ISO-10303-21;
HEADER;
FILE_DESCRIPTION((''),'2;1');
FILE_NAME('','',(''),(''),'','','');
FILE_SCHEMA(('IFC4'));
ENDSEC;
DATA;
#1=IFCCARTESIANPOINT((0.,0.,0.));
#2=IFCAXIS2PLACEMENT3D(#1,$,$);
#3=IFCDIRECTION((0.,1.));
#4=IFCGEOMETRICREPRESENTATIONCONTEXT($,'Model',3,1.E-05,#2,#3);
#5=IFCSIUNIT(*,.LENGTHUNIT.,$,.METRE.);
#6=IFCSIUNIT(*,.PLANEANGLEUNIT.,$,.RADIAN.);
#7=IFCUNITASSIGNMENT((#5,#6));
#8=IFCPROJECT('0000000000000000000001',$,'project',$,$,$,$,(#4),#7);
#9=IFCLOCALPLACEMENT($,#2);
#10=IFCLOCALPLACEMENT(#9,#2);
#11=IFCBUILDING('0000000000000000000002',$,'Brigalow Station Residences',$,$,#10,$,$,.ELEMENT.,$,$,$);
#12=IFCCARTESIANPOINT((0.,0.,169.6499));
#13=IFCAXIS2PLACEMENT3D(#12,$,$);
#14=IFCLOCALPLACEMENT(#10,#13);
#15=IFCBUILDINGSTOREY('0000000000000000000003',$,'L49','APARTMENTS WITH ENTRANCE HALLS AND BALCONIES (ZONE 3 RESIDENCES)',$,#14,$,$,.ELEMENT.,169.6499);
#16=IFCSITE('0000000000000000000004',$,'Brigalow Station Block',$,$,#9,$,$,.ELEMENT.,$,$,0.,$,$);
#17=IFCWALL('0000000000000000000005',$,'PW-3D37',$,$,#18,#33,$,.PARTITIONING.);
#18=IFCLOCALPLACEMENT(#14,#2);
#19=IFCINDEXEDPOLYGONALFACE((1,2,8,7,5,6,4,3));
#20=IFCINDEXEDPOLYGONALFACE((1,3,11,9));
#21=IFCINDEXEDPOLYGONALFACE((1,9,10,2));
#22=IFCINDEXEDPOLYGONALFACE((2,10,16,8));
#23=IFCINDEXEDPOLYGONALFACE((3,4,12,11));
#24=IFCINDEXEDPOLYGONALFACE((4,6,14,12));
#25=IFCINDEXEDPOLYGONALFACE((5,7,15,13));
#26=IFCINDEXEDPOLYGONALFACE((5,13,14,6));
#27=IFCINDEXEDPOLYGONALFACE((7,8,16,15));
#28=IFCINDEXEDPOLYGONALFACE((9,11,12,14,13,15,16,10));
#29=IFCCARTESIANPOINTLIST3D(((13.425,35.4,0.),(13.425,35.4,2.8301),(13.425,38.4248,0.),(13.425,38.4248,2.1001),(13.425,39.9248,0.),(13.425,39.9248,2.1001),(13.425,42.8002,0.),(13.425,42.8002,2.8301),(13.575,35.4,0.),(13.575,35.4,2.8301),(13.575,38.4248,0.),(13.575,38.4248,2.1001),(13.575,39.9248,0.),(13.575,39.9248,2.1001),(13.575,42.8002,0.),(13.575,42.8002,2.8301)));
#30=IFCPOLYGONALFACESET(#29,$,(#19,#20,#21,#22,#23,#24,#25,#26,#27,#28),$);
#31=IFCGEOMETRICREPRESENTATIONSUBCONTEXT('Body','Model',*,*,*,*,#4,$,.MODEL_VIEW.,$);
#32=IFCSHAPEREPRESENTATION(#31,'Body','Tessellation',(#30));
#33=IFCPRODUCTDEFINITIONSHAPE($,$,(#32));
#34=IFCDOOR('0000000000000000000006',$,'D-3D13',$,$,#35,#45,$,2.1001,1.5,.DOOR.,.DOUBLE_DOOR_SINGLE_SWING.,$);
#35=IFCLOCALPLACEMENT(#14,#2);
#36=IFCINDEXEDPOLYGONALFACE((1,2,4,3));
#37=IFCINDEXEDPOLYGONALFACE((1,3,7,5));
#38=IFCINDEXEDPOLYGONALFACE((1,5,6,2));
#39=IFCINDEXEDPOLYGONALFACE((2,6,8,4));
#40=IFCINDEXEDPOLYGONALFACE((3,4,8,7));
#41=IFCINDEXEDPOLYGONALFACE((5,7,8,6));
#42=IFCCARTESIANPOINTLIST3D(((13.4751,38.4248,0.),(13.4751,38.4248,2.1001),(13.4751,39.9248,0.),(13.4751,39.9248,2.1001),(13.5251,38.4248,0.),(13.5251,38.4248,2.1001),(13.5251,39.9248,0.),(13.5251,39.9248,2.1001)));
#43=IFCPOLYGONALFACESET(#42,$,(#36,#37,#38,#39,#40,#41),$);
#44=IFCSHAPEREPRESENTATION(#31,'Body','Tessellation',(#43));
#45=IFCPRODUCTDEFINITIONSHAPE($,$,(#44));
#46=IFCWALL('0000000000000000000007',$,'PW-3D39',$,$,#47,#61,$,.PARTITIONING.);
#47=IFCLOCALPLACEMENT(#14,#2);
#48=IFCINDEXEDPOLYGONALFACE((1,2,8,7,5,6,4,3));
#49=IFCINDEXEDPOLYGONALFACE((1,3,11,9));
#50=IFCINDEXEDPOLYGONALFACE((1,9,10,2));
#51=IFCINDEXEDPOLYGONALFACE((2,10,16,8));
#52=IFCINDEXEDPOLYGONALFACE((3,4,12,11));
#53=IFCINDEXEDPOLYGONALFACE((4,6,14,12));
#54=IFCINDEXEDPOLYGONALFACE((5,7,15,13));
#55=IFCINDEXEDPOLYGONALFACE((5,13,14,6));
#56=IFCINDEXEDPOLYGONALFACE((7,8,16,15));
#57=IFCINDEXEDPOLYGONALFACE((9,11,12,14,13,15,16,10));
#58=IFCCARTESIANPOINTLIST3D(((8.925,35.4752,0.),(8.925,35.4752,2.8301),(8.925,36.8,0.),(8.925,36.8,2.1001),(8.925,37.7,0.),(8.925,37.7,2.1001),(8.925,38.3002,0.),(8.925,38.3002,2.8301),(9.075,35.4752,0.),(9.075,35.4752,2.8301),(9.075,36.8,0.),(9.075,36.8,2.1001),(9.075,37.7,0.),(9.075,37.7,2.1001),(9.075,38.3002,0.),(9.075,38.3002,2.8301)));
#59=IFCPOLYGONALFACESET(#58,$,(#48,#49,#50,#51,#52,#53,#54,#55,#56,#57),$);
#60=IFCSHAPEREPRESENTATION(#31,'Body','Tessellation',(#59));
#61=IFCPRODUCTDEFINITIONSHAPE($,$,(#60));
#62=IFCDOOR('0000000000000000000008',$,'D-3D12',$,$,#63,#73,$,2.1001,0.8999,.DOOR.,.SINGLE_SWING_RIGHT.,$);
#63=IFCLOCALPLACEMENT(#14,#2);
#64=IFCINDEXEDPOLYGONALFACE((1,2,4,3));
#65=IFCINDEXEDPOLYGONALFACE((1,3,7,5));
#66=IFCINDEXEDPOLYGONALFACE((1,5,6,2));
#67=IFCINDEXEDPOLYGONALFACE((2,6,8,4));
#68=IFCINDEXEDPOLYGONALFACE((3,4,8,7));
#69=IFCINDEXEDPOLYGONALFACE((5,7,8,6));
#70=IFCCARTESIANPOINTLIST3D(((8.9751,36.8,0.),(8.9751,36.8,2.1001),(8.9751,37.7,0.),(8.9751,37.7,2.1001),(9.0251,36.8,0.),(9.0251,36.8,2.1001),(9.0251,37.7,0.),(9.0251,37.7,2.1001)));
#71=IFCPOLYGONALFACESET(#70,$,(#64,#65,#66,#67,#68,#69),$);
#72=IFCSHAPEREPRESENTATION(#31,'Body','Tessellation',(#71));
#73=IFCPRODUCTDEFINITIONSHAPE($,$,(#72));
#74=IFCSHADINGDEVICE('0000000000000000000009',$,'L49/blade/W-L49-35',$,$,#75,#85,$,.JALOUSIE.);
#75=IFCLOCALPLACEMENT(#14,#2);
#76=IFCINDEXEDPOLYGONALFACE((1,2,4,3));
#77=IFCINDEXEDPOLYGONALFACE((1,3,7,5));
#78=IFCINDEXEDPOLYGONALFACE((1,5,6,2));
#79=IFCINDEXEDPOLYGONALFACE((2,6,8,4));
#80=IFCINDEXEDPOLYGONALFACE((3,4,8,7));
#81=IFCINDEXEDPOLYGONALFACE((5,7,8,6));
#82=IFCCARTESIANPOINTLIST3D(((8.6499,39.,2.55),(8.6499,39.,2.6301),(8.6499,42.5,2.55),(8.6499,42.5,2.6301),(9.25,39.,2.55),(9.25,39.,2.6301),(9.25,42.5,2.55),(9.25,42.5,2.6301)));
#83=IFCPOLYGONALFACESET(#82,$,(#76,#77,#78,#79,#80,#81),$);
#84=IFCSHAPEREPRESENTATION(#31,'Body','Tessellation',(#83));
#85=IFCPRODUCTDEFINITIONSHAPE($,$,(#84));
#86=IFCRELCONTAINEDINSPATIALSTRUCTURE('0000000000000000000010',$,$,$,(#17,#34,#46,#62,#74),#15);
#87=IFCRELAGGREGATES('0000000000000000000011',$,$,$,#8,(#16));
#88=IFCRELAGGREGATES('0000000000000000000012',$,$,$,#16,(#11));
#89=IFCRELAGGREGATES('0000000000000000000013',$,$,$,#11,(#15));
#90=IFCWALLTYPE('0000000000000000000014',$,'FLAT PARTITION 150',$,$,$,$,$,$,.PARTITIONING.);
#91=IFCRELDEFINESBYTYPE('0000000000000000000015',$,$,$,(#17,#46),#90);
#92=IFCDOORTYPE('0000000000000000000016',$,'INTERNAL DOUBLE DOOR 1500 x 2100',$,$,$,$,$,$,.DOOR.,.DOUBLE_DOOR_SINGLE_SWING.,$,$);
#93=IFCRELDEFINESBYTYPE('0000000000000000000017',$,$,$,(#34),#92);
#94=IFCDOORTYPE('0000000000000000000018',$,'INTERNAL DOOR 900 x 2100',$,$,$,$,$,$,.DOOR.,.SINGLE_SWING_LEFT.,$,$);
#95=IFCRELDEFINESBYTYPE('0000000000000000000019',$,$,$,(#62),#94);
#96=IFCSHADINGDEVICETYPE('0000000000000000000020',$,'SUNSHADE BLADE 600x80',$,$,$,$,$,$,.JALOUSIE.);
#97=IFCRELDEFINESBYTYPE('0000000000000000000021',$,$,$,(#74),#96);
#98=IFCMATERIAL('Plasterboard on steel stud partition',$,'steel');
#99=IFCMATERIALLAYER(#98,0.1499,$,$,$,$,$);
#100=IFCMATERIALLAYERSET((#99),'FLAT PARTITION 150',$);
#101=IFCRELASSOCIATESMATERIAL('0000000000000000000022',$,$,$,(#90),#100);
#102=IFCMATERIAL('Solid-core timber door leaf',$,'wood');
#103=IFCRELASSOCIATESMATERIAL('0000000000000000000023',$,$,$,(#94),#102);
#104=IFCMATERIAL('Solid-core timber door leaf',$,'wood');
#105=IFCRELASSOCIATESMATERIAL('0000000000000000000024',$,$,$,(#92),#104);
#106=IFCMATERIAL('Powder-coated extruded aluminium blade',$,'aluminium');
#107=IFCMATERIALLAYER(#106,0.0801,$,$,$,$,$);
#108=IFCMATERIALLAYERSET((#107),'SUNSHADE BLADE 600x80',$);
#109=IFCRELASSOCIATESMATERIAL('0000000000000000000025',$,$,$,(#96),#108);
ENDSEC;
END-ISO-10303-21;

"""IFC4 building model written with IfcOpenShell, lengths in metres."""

from ifc_helpers import new_model, si_unit, direction, frame, frame_2d, origin, origin_2d, place, context, subcontext, project, spatial, rectangle, extrude, material, layer, layer_set, type_object, element, fill, save


model = new_model("IFC4")

# Units and contexts
model_context = context("Model", 3, precision=1e-05, world=origin(), true_north=direction((0.0, 1.0)))
body_context = subcontext(model_context, "Body", "Model", "MODEL_VIEW")
ifc_project = project(units=[si_unit("LENGTHUNIT", "METRE"), si_unit("PLANEANGLEUNIT", "RADIAN")], contexts=[model_context])

# Site, building, storey
site_placement = place(None, origin())
site = spatial("IfcSite", under=ifc_project, at=site_placement, Name="Brigalow Station Block", CompositionType="ELEMENT", RefElevation=0.0)
building_placement = place(site_placement, origin())
building = spatial("IfcBuilding", under=site, at=building_placement, Name="Brigalow Station Residences", CompositionType="ELEMENT")
storey_placement = place(building_placement, frame((0.0, 0.0, 169.6499)))
storey = spatial("IfcBuildingStorey", under=building, at=storey_placement, Name="L49", Description="APARTMENTS WITH ENTRANCE HALLS AND BALCONIES (ZONE 3 RESIDENCES)", CompositionType="ELEMENT", Elevation=169.6499)

# Walls, openings, doors
ifc_material_1 = material(Name="Plasterboard on steel stud partition", Category="steel")
ifc_layer_1 = layer(ifc_material_1, 0.1499)
ifc_layer_set_1 = layer_set([ifc_layer_1], Name="FLAT PARTITION 150")
wall_type_1 = type_object("IfcWallType", Name="FLAT PARTITION 150", PredefinedType="PARTITIONING", material=ifc_layer_set_1)
ifc_material_2 = material(Name="Solid-core timber door leaf", Category="wood")
door_type_1 = type_object("IfcDoorType", Name="INTERNAL DOOR 900 x 2100", OperationType="SINGLE_SWING_LEFT", PredefinedType="DOOR", material=ifc_material_2)
wall_1_placement = place(storey_placement, frame((13.5, 35.3999, 0.0), z_axis=(0.0, 0.0, 1.0), x_axis=(0.0, 1.0, 0.0)))
wall_1 = element("IfcWall", 1, at=wall_1_placement, inside=storey, type_object=wall_type_1, Name="PW-3D37", PredefinedType="PARTITIONING", context=body_context, shape_type="SweptSolid", body=[
    extrude(rectangle(XDim=7.4001, YDim=0.1499, at=frame_2d((3.7002, 0.0))), origin(), (0.0, 0.0, 1.0), 2.8301),
])
opening_1_placement = place(wall_1_placement, frame((3.0249, 0.0, 0.0)))
opening_1 = element("IfcOpeningElement", 2, at=opening_1_placement, cuts=wall_1, PredefinedType="OPENING", context=body_context, shape_type="SweptSolid", body=[
    extrude(rectangle(XDim=1.5, YDim=2.1001, at=frame_2d((0.75, 1.05))), frame((0.0, 0.085, 0.0), z_axis=(0.0, -1.0, 0.0), x_axis=(1.0, 0.0, 0.0)), (0.0, 0.0, 1.0), 0.1699),
])
ifc_material_3 = material(Name="Solid-core timber door leaf", Category="wood")
door_type_2 = type_object("IfcDoorType", Name="INTERNAL DOUBLE DOOR 1500 x 2100", OperationType="DOUBLE_DOOR_SINGLE_SWING", PredefinedType="DOOR", material=ifc_material_3)
door_1_placement = place(opening_1_placement, origin())
door_1 = element("IfcDoor", 3, at=door_1_placement, inside=storey, type_object=door_type_2, Name="D-3D13", OperationType="DOUBLE_DOOR_SINGLE_SWING", OverallHeight=2.1001, OverallWidth=1.5, PredefinedType="DOOR", context=body_context, shape_type="SweptSolid", body=[
    extrude(rectangle(XDim=1.5, YDim=2.1001, at=frame_2d((0.75, 1.05))), frame((0.0, 0.0249, 0.0), z_axis=(0.0, -1.0, 0.0), x_axis=(1.0, 0.0, 0.0)), (0.0, 0.0, 1.0), 0.05),
])
fill(opening_1, door_1)
wall_2_placement = place(storey_placement, frame((9.0, 35.4751, 0.0), z_axis=(0.0, 0.0, 1.0), x_axis=(0.0, 1.0, 0.0)))
wall_2 = element("IfcWall", 4, at=wall_2_placement, inside=storey, type_object=wall_type_1, Name="PW-3D39", PredefinedType="PARTITIONING", context=body_context, shape_type="SweptSolid", body=[
    extrude(rectangle(XDim=2.825, YDim=0.1499, at=frame_2d((1.4126, 0.0))), origin(), (0.0, 0.0, 1.0), 2.8301),
])
opening_2_placement = place(wall_2_placement, frame((1.325, 0.0, 0.0)))
opening_2 = element("IfcOpeningElement", 5, at=opening_2_placement, cuts=wall_2, PredefinedType="OPENING", context=body_context, shape_type="SweptSolid", body=[
    extrude(rectangle(XDim=0.8999, YDim=2.1001, at=frame_2d((0.45, 1.05))), frame((0.0, 0.085, 0.0), z_axis=(0.0, -1.0, 0.0), x_axis=(1.0, 0.0, 0.0)), (0.0, 0.0, 1.0), 0.1699),
])
door_2_placement = place(opening_2_placement, origin())
door_2 = element("IfcDoor", 6, at=door_2_placement, inside=storey, type_object=door_type_1, Name="D-3D12", OperationType="SINGLE_SWING_RIGHT", OverallHeight=2.1001, OverallWidth=0.8999, PredefinedType="DOOR", context=body_context, shape_type="SweptSolid", body=[
    extrude(rectangle(XDim=0.8999, YDim=2.1001, at=frame_2d((0.45, 1.05))), frame((0.0, 0.0249, 0.0), z_axis=(0.0, -1.0, 0.0), x_axis=(1.0, 0.0, 0.0)), (0.0, 0.0, 1.0), 0.05),
])
fill(opening_2, door_2)

# Shading device
ifc_material_4 = material(Name="Powder-coated extruded aluminium blade", Category="aluminium")
ifc_layer_2 = layer(ifc_material_4, 0.0801)
ifc_layer_set_2 = layer_set([ifc_layer_2], Name="SUNSHADE BLADE 600x80")
shading_device_type = type_object("IfcShadingDeviceType", Name="SUNSHADE BLADE 600x80", PredefinedType="JALOUSIE", material=ifc_layer_set_2)
shading_device_placement = place(storey_placement, frame((8.95, 40.75, 2.55), z_axis=(0.0, 0.0, 1.0), x_axis=(0.0, -1.0, 0.0)))
element("IfcShadingDevice", 7, at=shading_device_placement, inside=storey, type_object=shading_device_type, Name="L49/blade/W-L49-35", PredefinedType="JALOUSIE", context=body_context, shape_type="SweptSolid", body=[
    extrude(rectangle(XDim=3.5, YDim=0.6001, at=origin_2d()), origin(), (0.0, 0.0, 1.0), 0.0801),
])

save(model, "model.ifc")
